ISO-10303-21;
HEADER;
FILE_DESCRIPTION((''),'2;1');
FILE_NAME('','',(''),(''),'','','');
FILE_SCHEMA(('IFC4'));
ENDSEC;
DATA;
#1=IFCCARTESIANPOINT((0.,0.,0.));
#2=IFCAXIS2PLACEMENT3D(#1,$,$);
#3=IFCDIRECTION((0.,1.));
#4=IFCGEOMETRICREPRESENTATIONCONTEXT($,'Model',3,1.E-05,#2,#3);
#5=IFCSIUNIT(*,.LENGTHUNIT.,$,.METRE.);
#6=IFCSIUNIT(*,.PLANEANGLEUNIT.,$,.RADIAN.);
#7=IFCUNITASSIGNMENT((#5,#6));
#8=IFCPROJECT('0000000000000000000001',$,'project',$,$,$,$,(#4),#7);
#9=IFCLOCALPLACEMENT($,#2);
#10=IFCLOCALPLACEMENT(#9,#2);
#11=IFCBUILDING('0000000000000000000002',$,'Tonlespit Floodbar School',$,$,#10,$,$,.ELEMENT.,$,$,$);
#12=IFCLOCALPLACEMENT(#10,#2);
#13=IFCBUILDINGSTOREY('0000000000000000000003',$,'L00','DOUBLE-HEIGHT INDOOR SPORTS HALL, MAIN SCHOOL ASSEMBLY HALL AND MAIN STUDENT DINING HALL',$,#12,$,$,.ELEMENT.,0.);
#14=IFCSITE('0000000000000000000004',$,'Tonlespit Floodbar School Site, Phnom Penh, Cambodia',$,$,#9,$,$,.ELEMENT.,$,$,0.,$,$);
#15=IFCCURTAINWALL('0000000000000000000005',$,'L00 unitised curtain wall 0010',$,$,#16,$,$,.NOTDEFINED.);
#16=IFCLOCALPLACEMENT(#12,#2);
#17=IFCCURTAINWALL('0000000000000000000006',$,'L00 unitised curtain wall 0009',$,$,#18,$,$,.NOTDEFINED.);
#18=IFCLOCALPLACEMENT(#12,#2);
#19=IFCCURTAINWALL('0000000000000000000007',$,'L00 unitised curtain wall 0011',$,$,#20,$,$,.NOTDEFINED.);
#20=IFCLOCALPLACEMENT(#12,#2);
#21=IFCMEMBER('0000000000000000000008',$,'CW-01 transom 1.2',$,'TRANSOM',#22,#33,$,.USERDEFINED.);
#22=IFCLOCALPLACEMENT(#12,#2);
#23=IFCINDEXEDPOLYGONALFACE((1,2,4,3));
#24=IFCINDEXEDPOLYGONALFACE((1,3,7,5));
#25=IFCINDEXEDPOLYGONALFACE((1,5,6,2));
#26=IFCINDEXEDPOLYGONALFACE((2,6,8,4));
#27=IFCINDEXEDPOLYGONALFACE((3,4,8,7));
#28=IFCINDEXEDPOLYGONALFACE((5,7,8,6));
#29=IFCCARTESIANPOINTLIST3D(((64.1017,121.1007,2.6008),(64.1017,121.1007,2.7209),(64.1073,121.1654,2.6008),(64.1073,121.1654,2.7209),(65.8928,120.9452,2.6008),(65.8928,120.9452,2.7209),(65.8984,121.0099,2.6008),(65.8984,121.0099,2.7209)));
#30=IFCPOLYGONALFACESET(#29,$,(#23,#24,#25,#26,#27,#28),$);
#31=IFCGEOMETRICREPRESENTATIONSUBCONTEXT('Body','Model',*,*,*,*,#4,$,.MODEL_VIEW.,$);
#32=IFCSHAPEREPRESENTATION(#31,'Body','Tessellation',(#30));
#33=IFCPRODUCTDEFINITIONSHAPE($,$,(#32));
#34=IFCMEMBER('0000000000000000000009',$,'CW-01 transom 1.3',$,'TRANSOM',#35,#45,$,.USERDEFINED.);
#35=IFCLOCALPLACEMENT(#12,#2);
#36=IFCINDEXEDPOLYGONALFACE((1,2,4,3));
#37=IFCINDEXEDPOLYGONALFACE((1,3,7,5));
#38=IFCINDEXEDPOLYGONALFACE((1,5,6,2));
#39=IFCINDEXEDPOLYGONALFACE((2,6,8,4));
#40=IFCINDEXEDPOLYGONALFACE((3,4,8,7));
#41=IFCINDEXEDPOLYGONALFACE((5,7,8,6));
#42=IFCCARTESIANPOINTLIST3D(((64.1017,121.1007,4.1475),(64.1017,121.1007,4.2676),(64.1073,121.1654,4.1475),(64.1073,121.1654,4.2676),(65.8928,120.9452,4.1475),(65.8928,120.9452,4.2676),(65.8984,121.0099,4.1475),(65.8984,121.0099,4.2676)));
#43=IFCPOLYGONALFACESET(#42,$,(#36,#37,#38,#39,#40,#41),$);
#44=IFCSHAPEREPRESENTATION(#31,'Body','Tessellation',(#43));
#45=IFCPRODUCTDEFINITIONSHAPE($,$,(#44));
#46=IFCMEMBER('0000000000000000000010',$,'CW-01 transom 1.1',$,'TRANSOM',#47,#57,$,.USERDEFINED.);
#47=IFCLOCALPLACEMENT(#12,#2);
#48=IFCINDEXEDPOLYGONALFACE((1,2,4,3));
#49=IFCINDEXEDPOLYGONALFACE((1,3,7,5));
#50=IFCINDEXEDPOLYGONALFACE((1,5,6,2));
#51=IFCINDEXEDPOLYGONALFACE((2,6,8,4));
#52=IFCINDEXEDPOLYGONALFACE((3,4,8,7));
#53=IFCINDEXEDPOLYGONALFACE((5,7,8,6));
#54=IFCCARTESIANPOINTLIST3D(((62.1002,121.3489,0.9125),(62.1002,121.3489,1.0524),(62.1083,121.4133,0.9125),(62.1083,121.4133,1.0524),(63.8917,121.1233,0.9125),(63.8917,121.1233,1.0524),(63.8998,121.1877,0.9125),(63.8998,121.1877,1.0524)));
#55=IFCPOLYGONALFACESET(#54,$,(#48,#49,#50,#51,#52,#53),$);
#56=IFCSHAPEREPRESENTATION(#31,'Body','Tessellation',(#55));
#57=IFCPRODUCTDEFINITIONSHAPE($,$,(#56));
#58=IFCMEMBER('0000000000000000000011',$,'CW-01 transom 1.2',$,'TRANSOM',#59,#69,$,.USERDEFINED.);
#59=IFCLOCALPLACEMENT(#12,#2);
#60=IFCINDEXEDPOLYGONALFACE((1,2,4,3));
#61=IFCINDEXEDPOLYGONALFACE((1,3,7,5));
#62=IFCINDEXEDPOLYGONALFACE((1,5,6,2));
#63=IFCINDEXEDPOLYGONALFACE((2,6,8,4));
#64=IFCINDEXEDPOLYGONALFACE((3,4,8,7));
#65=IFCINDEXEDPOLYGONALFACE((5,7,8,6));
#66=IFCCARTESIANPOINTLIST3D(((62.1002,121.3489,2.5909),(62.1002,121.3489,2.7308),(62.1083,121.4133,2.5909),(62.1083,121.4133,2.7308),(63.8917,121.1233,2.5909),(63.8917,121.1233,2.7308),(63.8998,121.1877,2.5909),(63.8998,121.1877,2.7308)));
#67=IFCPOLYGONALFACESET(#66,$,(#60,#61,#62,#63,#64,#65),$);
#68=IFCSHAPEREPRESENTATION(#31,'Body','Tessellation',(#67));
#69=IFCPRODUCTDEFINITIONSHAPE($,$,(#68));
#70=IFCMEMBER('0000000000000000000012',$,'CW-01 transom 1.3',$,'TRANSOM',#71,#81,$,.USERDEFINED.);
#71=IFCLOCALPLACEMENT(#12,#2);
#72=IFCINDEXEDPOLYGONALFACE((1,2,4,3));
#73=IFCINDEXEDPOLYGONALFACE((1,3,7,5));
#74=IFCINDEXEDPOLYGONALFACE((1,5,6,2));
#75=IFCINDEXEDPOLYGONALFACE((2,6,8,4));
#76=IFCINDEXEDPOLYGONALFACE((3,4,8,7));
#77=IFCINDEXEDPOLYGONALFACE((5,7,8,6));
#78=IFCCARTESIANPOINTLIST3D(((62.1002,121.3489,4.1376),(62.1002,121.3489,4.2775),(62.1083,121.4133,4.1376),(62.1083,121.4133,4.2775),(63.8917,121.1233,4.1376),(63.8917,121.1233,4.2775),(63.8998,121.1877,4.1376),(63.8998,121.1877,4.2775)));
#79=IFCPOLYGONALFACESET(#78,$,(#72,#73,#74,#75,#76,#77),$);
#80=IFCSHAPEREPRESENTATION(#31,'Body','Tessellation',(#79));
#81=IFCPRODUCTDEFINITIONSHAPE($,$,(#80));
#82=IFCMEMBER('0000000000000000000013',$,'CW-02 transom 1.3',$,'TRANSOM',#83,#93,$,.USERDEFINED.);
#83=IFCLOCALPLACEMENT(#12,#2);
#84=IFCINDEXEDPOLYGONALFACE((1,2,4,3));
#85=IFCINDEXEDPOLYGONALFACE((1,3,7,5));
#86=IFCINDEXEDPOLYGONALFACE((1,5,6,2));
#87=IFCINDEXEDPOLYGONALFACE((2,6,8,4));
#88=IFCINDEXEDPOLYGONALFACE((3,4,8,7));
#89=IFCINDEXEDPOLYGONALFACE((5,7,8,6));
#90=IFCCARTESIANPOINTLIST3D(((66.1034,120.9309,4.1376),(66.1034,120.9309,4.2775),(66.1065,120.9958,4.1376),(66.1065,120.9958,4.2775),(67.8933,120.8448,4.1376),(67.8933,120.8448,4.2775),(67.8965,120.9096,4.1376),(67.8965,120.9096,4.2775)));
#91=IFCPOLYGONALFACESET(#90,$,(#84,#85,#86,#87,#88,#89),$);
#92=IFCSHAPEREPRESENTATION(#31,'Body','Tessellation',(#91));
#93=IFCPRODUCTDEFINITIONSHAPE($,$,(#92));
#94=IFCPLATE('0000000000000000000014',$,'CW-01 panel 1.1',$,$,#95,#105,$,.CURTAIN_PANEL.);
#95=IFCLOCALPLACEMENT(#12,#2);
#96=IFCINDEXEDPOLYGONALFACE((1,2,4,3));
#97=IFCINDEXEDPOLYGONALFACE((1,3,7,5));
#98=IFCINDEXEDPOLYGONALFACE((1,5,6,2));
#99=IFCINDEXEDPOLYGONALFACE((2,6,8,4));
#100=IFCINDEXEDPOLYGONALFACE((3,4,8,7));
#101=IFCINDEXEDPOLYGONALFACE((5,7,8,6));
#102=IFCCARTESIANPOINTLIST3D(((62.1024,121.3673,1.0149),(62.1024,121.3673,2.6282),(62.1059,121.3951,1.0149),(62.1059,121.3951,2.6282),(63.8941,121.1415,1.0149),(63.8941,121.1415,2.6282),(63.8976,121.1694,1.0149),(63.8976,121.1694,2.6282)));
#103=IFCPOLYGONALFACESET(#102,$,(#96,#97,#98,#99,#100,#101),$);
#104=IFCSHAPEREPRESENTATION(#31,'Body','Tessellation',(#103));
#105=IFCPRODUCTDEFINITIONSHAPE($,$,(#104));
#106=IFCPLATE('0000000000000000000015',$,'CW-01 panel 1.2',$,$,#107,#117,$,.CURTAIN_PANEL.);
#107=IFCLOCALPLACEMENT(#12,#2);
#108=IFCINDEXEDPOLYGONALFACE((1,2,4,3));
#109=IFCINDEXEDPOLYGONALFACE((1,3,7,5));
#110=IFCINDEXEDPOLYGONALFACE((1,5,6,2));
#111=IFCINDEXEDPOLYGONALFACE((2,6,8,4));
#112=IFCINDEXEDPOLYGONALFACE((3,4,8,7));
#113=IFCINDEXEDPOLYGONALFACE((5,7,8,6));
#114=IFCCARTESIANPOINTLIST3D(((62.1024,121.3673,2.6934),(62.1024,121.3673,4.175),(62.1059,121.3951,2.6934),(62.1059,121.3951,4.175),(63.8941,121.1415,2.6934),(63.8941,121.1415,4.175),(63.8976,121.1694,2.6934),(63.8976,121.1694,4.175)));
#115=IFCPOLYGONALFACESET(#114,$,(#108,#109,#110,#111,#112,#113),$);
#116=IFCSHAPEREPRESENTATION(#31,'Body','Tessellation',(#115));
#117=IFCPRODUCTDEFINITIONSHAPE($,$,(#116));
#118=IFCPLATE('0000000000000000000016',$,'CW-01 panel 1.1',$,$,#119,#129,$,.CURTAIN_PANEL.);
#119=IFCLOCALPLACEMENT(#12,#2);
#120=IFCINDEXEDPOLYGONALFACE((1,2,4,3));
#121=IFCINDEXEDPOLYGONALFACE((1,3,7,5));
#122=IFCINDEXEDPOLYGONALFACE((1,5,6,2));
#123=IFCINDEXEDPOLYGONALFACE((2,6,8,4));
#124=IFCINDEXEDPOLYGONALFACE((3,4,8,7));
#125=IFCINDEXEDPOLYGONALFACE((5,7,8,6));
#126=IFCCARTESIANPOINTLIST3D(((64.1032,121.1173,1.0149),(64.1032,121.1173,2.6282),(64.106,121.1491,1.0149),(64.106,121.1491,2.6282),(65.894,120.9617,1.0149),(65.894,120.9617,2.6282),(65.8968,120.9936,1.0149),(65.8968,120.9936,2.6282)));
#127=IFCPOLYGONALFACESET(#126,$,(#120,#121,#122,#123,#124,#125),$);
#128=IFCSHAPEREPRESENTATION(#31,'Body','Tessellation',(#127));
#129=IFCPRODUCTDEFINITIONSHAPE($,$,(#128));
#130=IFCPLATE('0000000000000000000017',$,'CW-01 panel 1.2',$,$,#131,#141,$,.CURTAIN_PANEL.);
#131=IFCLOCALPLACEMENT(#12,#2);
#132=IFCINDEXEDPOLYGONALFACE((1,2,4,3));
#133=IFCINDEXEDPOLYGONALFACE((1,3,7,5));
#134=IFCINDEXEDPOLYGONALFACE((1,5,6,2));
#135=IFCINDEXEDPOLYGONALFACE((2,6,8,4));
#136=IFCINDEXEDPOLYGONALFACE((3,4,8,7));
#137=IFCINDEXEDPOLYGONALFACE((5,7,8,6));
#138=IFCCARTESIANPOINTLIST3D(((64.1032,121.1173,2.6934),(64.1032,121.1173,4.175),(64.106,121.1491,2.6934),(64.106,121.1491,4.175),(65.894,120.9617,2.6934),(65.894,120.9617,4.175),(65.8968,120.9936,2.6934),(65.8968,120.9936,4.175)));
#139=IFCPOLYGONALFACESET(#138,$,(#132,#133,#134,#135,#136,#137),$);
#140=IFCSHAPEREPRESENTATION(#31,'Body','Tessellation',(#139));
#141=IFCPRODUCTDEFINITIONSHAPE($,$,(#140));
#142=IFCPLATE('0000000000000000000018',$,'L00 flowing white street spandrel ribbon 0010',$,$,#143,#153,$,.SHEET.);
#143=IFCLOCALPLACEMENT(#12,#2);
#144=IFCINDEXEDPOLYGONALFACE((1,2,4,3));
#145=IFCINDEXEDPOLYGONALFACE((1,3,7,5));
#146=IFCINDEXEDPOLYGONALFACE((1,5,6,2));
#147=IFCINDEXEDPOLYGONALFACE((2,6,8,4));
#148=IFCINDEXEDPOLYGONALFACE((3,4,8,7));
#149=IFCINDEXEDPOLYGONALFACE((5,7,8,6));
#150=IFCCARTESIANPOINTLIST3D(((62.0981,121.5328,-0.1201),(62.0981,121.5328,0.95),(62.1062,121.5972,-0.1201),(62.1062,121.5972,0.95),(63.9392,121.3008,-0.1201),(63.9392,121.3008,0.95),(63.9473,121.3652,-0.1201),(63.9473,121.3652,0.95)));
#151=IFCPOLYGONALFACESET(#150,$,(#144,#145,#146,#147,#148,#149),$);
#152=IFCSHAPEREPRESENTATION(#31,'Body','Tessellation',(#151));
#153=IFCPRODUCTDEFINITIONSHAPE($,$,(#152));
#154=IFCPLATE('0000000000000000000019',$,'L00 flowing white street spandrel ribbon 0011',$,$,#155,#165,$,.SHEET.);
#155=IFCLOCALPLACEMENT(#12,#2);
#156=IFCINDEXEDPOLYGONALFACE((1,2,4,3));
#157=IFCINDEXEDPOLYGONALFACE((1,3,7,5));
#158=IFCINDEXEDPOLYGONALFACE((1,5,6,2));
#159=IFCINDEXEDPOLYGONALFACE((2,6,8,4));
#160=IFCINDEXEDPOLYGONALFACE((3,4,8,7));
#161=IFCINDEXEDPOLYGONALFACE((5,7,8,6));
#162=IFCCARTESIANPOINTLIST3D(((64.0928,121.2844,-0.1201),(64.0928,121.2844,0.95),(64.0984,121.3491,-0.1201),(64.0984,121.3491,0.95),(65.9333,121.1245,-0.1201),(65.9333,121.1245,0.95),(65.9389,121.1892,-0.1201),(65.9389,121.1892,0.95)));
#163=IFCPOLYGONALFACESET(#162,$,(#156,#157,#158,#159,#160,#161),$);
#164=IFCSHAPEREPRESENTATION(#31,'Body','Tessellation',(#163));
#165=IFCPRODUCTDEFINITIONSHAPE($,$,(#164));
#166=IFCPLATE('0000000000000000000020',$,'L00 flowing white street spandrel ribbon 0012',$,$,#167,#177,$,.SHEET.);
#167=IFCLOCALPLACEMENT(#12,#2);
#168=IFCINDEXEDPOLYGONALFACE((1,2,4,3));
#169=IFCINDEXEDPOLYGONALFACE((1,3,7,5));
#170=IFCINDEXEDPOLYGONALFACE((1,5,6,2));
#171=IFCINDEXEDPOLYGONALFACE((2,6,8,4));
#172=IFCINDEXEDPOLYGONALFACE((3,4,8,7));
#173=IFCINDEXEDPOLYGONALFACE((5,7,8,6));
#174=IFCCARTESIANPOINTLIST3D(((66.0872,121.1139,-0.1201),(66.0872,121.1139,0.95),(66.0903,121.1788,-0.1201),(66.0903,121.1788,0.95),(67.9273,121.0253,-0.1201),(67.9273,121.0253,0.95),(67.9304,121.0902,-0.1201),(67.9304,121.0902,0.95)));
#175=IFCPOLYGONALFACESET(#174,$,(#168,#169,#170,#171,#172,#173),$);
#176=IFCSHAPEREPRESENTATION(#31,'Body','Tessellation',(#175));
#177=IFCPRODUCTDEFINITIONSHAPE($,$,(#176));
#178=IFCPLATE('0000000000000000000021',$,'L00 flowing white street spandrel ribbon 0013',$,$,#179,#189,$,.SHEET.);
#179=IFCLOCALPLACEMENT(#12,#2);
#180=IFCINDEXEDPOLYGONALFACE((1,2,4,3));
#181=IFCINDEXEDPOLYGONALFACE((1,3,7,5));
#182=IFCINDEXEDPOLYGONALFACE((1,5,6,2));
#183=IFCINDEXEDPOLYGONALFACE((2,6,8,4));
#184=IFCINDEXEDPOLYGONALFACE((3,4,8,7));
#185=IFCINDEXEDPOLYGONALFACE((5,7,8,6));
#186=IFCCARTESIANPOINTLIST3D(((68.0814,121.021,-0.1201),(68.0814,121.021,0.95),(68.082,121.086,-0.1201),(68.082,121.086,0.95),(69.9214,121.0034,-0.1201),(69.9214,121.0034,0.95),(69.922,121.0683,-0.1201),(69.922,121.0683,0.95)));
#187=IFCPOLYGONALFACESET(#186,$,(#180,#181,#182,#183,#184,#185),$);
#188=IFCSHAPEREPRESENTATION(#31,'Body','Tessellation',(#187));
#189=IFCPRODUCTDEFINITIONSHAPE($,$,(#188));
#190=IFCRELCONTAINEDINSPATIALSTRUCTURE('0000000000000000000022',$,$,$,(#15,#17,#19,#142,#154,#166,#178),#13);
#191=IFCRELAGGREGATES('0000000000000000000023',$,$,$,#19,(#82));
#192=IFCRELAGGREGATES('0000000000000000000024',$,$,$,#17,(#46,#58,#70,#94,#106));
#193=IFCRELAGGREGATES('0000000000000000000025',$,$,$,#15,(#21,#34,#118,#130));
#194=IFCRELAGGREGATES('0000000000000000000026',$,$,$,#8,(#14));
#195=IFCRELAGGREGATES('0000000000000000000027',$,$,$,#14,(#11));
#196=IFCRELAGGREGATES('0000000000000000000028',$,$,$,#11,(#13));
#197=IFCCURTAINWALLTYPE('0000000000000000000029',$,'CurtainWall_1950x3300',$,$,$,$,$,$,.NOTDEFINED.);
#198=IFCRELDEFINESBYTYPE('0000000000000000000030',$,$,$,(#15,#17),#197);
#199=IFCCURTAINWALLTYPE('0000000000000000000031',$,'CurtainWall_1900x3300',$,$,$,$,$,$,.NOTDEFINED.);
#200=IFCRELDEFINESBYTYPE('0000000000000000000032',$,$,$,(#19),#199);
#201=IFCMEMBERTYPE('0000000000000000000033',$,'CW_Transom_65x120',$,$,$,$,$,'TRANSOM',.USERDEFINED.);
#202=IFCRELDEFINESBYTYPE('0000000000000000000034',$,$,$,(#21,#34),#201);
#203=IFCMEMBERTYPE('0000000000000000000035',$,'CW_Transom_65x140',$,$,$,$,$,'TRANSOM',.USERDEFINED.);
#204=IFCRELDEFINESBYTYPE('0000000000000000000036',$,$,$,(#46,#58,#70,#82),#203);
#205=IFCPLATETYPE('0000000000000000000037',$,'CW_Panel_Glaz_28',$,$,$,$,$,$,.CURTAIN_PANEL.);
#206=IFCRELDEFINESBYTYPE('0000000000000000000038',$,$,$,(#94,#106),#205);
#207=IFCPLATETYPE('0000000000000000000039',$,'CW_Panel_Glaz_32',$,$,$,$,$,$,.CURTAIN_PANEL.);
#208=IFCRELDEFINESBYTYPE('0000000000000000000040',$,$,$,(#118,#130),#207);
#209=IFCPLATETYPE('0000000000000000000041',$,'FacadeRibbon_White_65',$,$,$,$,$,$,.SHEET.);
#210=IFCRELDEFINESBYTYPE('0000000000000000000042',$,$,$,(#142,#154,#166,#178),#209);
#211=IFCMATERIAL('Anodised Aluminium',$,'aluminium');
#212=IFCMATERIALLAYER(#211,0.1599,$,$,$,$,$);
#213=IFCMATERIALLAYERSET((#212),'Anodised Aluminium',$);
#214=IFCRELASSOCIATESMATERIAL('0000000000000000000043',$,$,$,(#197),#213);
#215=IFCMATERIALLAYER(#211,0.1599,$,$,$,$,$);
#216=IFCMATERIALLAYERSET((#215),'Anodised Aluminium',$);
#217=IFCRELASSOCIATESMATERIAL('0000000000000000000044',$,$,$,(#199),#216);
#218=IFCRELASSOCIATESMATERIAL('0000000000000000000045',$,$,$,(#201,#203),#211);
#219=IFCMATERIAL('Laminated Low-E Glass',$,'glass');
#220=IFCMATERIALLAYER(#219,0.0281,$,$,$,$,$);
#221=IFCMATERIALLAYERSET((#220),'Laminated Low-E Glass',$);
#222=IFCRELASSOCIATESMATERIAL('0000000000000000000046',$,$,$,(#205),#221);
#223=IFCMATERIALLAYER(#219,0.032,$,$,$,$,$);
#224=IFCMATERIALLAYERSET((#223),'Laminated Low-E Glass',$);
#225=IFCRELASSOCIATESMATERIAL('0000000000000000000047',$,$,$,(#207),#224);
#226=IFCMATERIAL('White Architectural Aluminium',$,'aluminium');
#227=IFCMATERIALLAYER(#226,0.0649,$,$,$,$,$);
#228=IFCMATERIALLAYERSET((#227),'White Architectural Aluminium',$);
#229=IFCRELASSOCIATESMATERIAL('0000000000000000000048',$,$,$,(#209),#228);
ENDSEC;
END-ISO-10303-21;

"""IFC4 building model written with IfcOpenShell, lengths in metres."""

from ifc_helpers import new_model, si_unit, direction, frame, origin, origin_2d, place, context, subcontext, project, spatial, rectangle, extrude, material, layer, layer_set, material_profile, profile_set, type_object, element, aggregate, save


model = new_model("IFC4")

# Units and contexts
model_context = context("Model", 3, precision=1e-05, world=origin(), true_north=direction((0.0, 1.0)))
body_context = subcontext(model_context, "Body", "Model", "MODEL_VIEW")
ifc_project = project(units=[si_unit("LENGTHUNIT", "METRE"), si_unit("PLANEANGLEUNIT", "RADIAN")], contexts=[model_context])

# Site, building, storey
site_placement = place(None, origin())
site = spatial("IfcSite", under=ifc_project, at=site_placement, Name="Tonlespit Floodbar School Site, Phnom Penh, Cambodia", CompositionType="ELEMENT", RefElevation=0.0)
building_placement = place(site_placement, origin())
building = spatial("IfcBuilding", under=site, at=building_placement, Name="Tonlespit Floodbar School", CompositionType="ELEMENT")
storey_placement = place(building_placement, origin())
storey = spatial("IfcBuildingStorey", under=building, at=storey_placement, Name="L00", Description="DOUBLE-HEIGHT INDOOR SPORTS HALL, MAIN SCHOOL ASSEMBLY HALL AND MAIN STUDENT DINING HALL", CompositionType="ELEMENT", Elevation=0.0)

# Shared definitions
ifc_material_1 = material(Name="Anodised Aluminium", Category="aluminium")
ifc_layer_1 = layer(ifc_material_1, 0.1599)
ifc_layer_set_1 = layer_set([ifc_layer_1], Name="Anodised Aluminium")
curtain_wall_type_1 = type_object("IfcCurtainWallType", Name="CurtainWall_1950x3300", PredefinedType="NOTDEFINED", material=ifc_layer_set_1)

# Curtain walls
curtain_wall_1_placement = place(storey_placement, origin())
curtain_wall_1 = element("IfcCurtainWall", 1, at=curtain_wall_1_placement, inside=storey, type_object=curtain_wall_type_1, Name="L00 unitised curtain wall 0010", PredefinedType="NOTDEFINED")
curtain_wall_2_placement = place(storey_placement, origin())
curtain_wall_2 = element("IfcCurtainWall", 2, at=curtain_wall_2_placement, inside=storey, type_object=curtain_wall_type_1, Name="L00 unitised curtain wall 0009", PredefinedType="NOTDEFINED")

# Curtain wall
ifc_layer_2 = layer(ifc_material_1, 0.1599)
ifc_layer_set_2 = layer_set([ifc_layer_2], Name="Anodised Aluminium")
curtain_wall_type_2 = type_object("IfcCurtainWallType", Name="CurtainWall_1900x3300", PredefinedType="NOTDEFINED", material=ifc_layer_set_2)
curtain_wall_3_placement = place(storey_placement, origin())
curtain_wall_3 = element("IfcCurtainWall", 3, at=curtain_wall_3_placement, inside=storey, type_object=curtain_wall_type_2, Name="L00 unitised curtain wall 0011", PredefinedType="NOTDEFINED")

# Members
ifc_material_profile_1 = material_profile(ifc_material_1, rectangle(XDim=0.0649, YDim=0.1201, at=origin_2d()), Name="ALU T65x120")
ifc_profile_set_1 = profile_set([ifc_material_profile_1], Name="Anodised Aluminium")
member_type_1 = type_object("IfcMemberType", Name="CW_Transom_65x120", ElementType="TRANSOM", PredefinedType="USERDEFINED", material=ifc_profile_set_1)
member_1_placement = place(storey_placement, frame((64.1045, 121.1331, 2.6609), z_axis=(0.996251, -0.086507, 0.0), x_axis=(0.086507, 0.996251, 0.0)))
member_1 = element("IfcMember", 4, at=member_1_placement, type_object=member_type_1, Name="CW-01 transom 1.2", ObjectType="TRANSOM", PredefinedType="USERDEFINED", context=body_context, shape_type="SweptSolid", body=[
    extrude(rectangle(XDim=0.0649, YDim=0.1201, at=origin_2d()), origin(), (0.0, 0.0, 1.0), 1.7979),
])
member_2_placement = place(storey_placement, frame((64.1045, 121.1331, 4.2075), z_axis=(0.996251, -0.086507, 0.0), x_axis=(0.086507, 0.996251, 0.0)))
member_2 = element("IfcMember", 5, at=member_2_placement, type_object=member_type_1, Name="CW-01 transom 1.3", ObjectType="TRANSOM", PredefinedType="USERDEFINED", context=body_context, shape_type="SweptSolid", body=[
    extrude(rectangle(XDim=0.0649, YDim=0.1201, at=origin_2d()), origin(), (0.0, 0.0, 1.0), 1.7979),
])
ifc_material_profile_2 = material_profile(ifc_material_1, rectangle(XDim=0.0649, YDim=0.1399, at=origin_2d()), Name="ALU T65x140")
ifc_profile_set_2 = profile_set([ifc_material_profile_2], Name="Anodised Aluminium")
member_type_2 = type_object("IfcMemberType", Name="CW_Transom_65x140", ElementType="TRANSOM", PredefinedType="USERDEFINED", material=ifc_profile_set_2)
member_3_placement = place(storey_placement, frame((62.1042, 121.3811, 0.9824), z_axis=(0.992165, -0.124933, 0.0), x_axis=(0.124933, 0.992165, 0.0)))
member_3 = element("IfcMember", 6, at=member_3_placement, type_object=member_type_2, Name="CW-01 transom 1.1", ObjectType="TRANSOM", PredefinedType="USERDEFINED", context=body_context, shape_type="SweptSolid", body=[
    extrude(rectangle(XDim=0.0649, YDim=0.1399, at=origin_2d()), origin(), (0.0, 0.0, 1.0), 1.8057),
])
member_4_placement = place(storey_placement, frame((62.1042, 121.3811, 2.6609), z_axis=(0.992165, -0.124933, 0.0), x_axis=(0.124933, 0.992165, 0.0)))
member_4 = element("IfcMember", 7, at=member_4_placement, type_object=member_type_2, Name="CW-01 transom 1.2", ObjectType="TRANSOM", PredefinedType="USERDEFINED", context=body_context, shape_type="SweptSolid", body=[
    extrude(rectangle(XDim=0.0649, YDim=0.1399, at=origin_2d()), origin(), (0.0, 0.0, 1.0), 1.8057),
])
member_5_placement = place(storey_placement, frame((62.1042, 121.3811, 4.2075), z_axis=(0.992165, -0.124933, 0.0), x_axis=(0.124933, 0.992165, 0.0)))
member_5 = element("IfcMember", 8, at=member_5_placement, type_object=member_type_2, Name="CW-01 transom 1.3", ObjectType="TRANSOM", PredefinedType="USERDEFINED", context=body_context, shape_type="SweptSolid", body=[
    extrude(rectangle(XDim=0.0649, YDim=0.1399, at=origin_2d()), origin(), (0.0, 0.0, 1.0), 1.8057),
])
member_6_placement = place(storey_placement, frame((66.105, 120.9634, 4.2075), z_axis=(0.998843, -0.048089, 0.0), x_axis=(0.048089, 0.998843, 0.0)))
member_6 = element("IfcMember", 9, at=member_6_placement, type_object=member_type_2, Name="CW-02 transom 1.3", ObjectType="TRANSOM", PredefinedType="USERDEFINED", context=body_context, shape_type="SweptSolid", body=[
    extrude(rectangle(XDim=0.0649, YDim=0.1399, at=origin_2d()), origin(), (0.0, 0.0, 1.0), 1.792),
])
aggregate(curtain_wall_3, [member_6])

# Plates
ifc_material_2 = material(Name="Laminated Low-E Glass", Category="glass")
ifc_layer_3 = layer(ifc_material_2, 0.0281)
ifc_layer_set_3 = layer_set([ifc_layer_3], Name="Laminated Low-E Glass")
plate_type_1 = type_object("IfcPlateType", Name="CW_Panel_Glaz_28", PredefinedType="CURTAIN_PANEL", material=ifc_layer_set_3)
plate_1_placement = place(storey_placement, frame((63.0, 121.2683, 1.0149), z_axis=(0.0, 0.0, 1.0), x_axis=(0.992155, -0.125014, 0.0)))
plate_1 = element("IfcPlate", 10, at=plate_1_placement, type_object=plate_type_1, Name="CW-01 panel 1.1", PredefinedType="CURTAIN_PANEL", context=body_context, shape_type="SweptSolid", body=[
    extrude(rectangle(XDim=1.8059, YDim=0.0281, at=origin_2d()), origin(), (0.0, 0.0, 1.0), 1.6133),
])
plate_2_placement = place(storey_placement, frame((63.0, 121.2683, 2.6934), z_axis=(0.0, 0.0, 1.0), x_axis=(0.992155, -0.125014, 0.0)))
plate_2 = element("IfcPlate", 11, at=plate_2_placement, type_object=plate_type_1, Name="CW-01 panel 1.2", PredefinedType="CURTAIN_PANEL", context=body_context, shape_type="SweptSolid", body=[
    extrude(rectangle(XDim=1.8059, YDim=0.0281, at=origin_2d()), origin(), (0.0, 0.0, 1.0), 1.4817),
])
aggregate(curtain_wall_2, [member_3, member_4, member_5, plate_1, plate_2])
ifc_layer_4 = layer(ifc_material_2, 0.032)
ifc_layer_set_4 = layer_set([ifc_layer_4], Name="Laminated Low-E Glass")
plate_type_2 = type_object("IfcPlateType", Name="CW_Panel_Glaz_32", PredefinedType="CURTAIN_PANEL", material=ifc_layer_set_4)
plate_3_placement = place(storey_placement, frame((65.0, 121.0554, 1.0149), z_axis=(0.0, 0.0, 1.0), x_axis=(0.996249, -0.086531, 0.0)))
plate_3 = element("IfcPlate", 12, at=plate_3_placement, type_object=plate_type_2, Name="CW-01 panel 1.1", PredefinedType="CURTAIN_PANEL", context=body_context, shape_type="SweptSolid", body=[
    extrude(rectangle(XDim=1.7976, YDim=0.032, at=origin_2d()), origin(), (0.0, 0.0, 1.0), 1.6133),
])
plate_4_placement = place(storey_placement, frame((65.0, 121.0554, 2.6934), z_axis=(0.0, 0.0, 1.0), x_axis=(0.996249, -0.086531, 0.0)))
plate_4 = element("IfcPlate", 13, at=plate_4_placement, type_object=plate_type_2, Name="CW-01 panel 1.2", PredefinedType="CURTAIN_PANEL", context=body_context, shape_type="SweptSolid", body=[
    extrude(rectangle(XDim=1.7976, YDim=0.032, at=origin_2d()), origin(), (0.0, 0.0, 1.0), 1.4817),
])
aggregate(curtain_wall_1, [member_1, member_2, plate_3, plate_4])

# Plates
ifc_material_3 = material(Name="White Architectural Aluminium", Category="aluminium")
ifc_layer_5 = layer(ifc_material_3, 0.0649)
ifc_layer_set_5 = layer_set([ifc_layer_5], Name="White Architectural Aluminium")
plate_type_3 = type_object("IfcPlateType", Name="FacadeRibbon_White_65", PredefinedType="SHEET", material=ifc_layer_set_5)
plate_5_placement = place(storey_placement, frame((63.0227, 121.449, -0.1201), z_axis=(0.0, 0.0, 1.0), x_axis=(0.992155, -0.125011, 0.0)))
element("IfcPlate", 14, at=plate_5_placement, inside=storey, type_object=plate_type_3, Name="L00 flowing white street spandrel ribbon 0010", PredefinedType="SHEET", context=body_context, shape_type="SweptSolid", body=[
    extrude(rectangle(XDim=1.8557, YDim=0.0649, at=origin_2d()), origin(), (0.0, 0.0, 1.0), 1.0701),
])
plate_6_placement = place(storey_placement, frame((65.0159, 121.2368, -0.1201), z_axis=(0.0, 0.0, 1.0), x_axis=(0.996245, -0.086573, 0.0)))
element("IfcPlate", 15, at=plate_6_placement, inside=storey, type_object=plate_type_3, Name="L00 flowing white street spandrel ribbon 0011", PredefinedType="SHEET", context=body_context, shape_type="SweptSolid", body=[
    extrude(rectangle(XDim=1.8474, YDim=0.0649, at=origin_2d()), origin(), (0.0, 0.0, 1.0), 1.0701),
])
plate_7_placement = place(storey_placement, frame((67.0088, 121.1021, -0.1201), z_axis=(0.0, 0.0, 1.0), x_axis=(0.998843, -0.048095, 0.0)))
element("IfcPlate", 16, at=plate_7_placement, inside=storey, type_object=plate_type_3, Name="L00 flowing white street spandrel ribbon 0012", PredefinedType="SHEET", context=body_context, shape_type="SweptSolid", body=[
    extrude(rectangle(XDim=1.8423, YDim=0.0649, at=origin_2d()), origin(), (0.0, 0.0, 1.0), 1.0701),
])
plate_8_placement = place(storey_placement, frame((69.0017, 121.0447, -0.1201), z_axis=(0.0, 0.0, 1.0), x_axis=(0.999954, -0.009599, 0.0)))
element("IfcPlate", 17, at=plate_8_placement, inside=storey, type_object=plate_type_3, Name="L00 flowing white street spandrel ribbon 0013", PredefinedType="SHEET", context=body_context, shape_type="SweptSolid", body=[
    extrude(rectangle(XDim=1.8401, YDim=0.0649, at=origin_2d()), origin(), (0.0, 0.0, 1.0), 1.0701),
])

save(model, "model.ifc")
